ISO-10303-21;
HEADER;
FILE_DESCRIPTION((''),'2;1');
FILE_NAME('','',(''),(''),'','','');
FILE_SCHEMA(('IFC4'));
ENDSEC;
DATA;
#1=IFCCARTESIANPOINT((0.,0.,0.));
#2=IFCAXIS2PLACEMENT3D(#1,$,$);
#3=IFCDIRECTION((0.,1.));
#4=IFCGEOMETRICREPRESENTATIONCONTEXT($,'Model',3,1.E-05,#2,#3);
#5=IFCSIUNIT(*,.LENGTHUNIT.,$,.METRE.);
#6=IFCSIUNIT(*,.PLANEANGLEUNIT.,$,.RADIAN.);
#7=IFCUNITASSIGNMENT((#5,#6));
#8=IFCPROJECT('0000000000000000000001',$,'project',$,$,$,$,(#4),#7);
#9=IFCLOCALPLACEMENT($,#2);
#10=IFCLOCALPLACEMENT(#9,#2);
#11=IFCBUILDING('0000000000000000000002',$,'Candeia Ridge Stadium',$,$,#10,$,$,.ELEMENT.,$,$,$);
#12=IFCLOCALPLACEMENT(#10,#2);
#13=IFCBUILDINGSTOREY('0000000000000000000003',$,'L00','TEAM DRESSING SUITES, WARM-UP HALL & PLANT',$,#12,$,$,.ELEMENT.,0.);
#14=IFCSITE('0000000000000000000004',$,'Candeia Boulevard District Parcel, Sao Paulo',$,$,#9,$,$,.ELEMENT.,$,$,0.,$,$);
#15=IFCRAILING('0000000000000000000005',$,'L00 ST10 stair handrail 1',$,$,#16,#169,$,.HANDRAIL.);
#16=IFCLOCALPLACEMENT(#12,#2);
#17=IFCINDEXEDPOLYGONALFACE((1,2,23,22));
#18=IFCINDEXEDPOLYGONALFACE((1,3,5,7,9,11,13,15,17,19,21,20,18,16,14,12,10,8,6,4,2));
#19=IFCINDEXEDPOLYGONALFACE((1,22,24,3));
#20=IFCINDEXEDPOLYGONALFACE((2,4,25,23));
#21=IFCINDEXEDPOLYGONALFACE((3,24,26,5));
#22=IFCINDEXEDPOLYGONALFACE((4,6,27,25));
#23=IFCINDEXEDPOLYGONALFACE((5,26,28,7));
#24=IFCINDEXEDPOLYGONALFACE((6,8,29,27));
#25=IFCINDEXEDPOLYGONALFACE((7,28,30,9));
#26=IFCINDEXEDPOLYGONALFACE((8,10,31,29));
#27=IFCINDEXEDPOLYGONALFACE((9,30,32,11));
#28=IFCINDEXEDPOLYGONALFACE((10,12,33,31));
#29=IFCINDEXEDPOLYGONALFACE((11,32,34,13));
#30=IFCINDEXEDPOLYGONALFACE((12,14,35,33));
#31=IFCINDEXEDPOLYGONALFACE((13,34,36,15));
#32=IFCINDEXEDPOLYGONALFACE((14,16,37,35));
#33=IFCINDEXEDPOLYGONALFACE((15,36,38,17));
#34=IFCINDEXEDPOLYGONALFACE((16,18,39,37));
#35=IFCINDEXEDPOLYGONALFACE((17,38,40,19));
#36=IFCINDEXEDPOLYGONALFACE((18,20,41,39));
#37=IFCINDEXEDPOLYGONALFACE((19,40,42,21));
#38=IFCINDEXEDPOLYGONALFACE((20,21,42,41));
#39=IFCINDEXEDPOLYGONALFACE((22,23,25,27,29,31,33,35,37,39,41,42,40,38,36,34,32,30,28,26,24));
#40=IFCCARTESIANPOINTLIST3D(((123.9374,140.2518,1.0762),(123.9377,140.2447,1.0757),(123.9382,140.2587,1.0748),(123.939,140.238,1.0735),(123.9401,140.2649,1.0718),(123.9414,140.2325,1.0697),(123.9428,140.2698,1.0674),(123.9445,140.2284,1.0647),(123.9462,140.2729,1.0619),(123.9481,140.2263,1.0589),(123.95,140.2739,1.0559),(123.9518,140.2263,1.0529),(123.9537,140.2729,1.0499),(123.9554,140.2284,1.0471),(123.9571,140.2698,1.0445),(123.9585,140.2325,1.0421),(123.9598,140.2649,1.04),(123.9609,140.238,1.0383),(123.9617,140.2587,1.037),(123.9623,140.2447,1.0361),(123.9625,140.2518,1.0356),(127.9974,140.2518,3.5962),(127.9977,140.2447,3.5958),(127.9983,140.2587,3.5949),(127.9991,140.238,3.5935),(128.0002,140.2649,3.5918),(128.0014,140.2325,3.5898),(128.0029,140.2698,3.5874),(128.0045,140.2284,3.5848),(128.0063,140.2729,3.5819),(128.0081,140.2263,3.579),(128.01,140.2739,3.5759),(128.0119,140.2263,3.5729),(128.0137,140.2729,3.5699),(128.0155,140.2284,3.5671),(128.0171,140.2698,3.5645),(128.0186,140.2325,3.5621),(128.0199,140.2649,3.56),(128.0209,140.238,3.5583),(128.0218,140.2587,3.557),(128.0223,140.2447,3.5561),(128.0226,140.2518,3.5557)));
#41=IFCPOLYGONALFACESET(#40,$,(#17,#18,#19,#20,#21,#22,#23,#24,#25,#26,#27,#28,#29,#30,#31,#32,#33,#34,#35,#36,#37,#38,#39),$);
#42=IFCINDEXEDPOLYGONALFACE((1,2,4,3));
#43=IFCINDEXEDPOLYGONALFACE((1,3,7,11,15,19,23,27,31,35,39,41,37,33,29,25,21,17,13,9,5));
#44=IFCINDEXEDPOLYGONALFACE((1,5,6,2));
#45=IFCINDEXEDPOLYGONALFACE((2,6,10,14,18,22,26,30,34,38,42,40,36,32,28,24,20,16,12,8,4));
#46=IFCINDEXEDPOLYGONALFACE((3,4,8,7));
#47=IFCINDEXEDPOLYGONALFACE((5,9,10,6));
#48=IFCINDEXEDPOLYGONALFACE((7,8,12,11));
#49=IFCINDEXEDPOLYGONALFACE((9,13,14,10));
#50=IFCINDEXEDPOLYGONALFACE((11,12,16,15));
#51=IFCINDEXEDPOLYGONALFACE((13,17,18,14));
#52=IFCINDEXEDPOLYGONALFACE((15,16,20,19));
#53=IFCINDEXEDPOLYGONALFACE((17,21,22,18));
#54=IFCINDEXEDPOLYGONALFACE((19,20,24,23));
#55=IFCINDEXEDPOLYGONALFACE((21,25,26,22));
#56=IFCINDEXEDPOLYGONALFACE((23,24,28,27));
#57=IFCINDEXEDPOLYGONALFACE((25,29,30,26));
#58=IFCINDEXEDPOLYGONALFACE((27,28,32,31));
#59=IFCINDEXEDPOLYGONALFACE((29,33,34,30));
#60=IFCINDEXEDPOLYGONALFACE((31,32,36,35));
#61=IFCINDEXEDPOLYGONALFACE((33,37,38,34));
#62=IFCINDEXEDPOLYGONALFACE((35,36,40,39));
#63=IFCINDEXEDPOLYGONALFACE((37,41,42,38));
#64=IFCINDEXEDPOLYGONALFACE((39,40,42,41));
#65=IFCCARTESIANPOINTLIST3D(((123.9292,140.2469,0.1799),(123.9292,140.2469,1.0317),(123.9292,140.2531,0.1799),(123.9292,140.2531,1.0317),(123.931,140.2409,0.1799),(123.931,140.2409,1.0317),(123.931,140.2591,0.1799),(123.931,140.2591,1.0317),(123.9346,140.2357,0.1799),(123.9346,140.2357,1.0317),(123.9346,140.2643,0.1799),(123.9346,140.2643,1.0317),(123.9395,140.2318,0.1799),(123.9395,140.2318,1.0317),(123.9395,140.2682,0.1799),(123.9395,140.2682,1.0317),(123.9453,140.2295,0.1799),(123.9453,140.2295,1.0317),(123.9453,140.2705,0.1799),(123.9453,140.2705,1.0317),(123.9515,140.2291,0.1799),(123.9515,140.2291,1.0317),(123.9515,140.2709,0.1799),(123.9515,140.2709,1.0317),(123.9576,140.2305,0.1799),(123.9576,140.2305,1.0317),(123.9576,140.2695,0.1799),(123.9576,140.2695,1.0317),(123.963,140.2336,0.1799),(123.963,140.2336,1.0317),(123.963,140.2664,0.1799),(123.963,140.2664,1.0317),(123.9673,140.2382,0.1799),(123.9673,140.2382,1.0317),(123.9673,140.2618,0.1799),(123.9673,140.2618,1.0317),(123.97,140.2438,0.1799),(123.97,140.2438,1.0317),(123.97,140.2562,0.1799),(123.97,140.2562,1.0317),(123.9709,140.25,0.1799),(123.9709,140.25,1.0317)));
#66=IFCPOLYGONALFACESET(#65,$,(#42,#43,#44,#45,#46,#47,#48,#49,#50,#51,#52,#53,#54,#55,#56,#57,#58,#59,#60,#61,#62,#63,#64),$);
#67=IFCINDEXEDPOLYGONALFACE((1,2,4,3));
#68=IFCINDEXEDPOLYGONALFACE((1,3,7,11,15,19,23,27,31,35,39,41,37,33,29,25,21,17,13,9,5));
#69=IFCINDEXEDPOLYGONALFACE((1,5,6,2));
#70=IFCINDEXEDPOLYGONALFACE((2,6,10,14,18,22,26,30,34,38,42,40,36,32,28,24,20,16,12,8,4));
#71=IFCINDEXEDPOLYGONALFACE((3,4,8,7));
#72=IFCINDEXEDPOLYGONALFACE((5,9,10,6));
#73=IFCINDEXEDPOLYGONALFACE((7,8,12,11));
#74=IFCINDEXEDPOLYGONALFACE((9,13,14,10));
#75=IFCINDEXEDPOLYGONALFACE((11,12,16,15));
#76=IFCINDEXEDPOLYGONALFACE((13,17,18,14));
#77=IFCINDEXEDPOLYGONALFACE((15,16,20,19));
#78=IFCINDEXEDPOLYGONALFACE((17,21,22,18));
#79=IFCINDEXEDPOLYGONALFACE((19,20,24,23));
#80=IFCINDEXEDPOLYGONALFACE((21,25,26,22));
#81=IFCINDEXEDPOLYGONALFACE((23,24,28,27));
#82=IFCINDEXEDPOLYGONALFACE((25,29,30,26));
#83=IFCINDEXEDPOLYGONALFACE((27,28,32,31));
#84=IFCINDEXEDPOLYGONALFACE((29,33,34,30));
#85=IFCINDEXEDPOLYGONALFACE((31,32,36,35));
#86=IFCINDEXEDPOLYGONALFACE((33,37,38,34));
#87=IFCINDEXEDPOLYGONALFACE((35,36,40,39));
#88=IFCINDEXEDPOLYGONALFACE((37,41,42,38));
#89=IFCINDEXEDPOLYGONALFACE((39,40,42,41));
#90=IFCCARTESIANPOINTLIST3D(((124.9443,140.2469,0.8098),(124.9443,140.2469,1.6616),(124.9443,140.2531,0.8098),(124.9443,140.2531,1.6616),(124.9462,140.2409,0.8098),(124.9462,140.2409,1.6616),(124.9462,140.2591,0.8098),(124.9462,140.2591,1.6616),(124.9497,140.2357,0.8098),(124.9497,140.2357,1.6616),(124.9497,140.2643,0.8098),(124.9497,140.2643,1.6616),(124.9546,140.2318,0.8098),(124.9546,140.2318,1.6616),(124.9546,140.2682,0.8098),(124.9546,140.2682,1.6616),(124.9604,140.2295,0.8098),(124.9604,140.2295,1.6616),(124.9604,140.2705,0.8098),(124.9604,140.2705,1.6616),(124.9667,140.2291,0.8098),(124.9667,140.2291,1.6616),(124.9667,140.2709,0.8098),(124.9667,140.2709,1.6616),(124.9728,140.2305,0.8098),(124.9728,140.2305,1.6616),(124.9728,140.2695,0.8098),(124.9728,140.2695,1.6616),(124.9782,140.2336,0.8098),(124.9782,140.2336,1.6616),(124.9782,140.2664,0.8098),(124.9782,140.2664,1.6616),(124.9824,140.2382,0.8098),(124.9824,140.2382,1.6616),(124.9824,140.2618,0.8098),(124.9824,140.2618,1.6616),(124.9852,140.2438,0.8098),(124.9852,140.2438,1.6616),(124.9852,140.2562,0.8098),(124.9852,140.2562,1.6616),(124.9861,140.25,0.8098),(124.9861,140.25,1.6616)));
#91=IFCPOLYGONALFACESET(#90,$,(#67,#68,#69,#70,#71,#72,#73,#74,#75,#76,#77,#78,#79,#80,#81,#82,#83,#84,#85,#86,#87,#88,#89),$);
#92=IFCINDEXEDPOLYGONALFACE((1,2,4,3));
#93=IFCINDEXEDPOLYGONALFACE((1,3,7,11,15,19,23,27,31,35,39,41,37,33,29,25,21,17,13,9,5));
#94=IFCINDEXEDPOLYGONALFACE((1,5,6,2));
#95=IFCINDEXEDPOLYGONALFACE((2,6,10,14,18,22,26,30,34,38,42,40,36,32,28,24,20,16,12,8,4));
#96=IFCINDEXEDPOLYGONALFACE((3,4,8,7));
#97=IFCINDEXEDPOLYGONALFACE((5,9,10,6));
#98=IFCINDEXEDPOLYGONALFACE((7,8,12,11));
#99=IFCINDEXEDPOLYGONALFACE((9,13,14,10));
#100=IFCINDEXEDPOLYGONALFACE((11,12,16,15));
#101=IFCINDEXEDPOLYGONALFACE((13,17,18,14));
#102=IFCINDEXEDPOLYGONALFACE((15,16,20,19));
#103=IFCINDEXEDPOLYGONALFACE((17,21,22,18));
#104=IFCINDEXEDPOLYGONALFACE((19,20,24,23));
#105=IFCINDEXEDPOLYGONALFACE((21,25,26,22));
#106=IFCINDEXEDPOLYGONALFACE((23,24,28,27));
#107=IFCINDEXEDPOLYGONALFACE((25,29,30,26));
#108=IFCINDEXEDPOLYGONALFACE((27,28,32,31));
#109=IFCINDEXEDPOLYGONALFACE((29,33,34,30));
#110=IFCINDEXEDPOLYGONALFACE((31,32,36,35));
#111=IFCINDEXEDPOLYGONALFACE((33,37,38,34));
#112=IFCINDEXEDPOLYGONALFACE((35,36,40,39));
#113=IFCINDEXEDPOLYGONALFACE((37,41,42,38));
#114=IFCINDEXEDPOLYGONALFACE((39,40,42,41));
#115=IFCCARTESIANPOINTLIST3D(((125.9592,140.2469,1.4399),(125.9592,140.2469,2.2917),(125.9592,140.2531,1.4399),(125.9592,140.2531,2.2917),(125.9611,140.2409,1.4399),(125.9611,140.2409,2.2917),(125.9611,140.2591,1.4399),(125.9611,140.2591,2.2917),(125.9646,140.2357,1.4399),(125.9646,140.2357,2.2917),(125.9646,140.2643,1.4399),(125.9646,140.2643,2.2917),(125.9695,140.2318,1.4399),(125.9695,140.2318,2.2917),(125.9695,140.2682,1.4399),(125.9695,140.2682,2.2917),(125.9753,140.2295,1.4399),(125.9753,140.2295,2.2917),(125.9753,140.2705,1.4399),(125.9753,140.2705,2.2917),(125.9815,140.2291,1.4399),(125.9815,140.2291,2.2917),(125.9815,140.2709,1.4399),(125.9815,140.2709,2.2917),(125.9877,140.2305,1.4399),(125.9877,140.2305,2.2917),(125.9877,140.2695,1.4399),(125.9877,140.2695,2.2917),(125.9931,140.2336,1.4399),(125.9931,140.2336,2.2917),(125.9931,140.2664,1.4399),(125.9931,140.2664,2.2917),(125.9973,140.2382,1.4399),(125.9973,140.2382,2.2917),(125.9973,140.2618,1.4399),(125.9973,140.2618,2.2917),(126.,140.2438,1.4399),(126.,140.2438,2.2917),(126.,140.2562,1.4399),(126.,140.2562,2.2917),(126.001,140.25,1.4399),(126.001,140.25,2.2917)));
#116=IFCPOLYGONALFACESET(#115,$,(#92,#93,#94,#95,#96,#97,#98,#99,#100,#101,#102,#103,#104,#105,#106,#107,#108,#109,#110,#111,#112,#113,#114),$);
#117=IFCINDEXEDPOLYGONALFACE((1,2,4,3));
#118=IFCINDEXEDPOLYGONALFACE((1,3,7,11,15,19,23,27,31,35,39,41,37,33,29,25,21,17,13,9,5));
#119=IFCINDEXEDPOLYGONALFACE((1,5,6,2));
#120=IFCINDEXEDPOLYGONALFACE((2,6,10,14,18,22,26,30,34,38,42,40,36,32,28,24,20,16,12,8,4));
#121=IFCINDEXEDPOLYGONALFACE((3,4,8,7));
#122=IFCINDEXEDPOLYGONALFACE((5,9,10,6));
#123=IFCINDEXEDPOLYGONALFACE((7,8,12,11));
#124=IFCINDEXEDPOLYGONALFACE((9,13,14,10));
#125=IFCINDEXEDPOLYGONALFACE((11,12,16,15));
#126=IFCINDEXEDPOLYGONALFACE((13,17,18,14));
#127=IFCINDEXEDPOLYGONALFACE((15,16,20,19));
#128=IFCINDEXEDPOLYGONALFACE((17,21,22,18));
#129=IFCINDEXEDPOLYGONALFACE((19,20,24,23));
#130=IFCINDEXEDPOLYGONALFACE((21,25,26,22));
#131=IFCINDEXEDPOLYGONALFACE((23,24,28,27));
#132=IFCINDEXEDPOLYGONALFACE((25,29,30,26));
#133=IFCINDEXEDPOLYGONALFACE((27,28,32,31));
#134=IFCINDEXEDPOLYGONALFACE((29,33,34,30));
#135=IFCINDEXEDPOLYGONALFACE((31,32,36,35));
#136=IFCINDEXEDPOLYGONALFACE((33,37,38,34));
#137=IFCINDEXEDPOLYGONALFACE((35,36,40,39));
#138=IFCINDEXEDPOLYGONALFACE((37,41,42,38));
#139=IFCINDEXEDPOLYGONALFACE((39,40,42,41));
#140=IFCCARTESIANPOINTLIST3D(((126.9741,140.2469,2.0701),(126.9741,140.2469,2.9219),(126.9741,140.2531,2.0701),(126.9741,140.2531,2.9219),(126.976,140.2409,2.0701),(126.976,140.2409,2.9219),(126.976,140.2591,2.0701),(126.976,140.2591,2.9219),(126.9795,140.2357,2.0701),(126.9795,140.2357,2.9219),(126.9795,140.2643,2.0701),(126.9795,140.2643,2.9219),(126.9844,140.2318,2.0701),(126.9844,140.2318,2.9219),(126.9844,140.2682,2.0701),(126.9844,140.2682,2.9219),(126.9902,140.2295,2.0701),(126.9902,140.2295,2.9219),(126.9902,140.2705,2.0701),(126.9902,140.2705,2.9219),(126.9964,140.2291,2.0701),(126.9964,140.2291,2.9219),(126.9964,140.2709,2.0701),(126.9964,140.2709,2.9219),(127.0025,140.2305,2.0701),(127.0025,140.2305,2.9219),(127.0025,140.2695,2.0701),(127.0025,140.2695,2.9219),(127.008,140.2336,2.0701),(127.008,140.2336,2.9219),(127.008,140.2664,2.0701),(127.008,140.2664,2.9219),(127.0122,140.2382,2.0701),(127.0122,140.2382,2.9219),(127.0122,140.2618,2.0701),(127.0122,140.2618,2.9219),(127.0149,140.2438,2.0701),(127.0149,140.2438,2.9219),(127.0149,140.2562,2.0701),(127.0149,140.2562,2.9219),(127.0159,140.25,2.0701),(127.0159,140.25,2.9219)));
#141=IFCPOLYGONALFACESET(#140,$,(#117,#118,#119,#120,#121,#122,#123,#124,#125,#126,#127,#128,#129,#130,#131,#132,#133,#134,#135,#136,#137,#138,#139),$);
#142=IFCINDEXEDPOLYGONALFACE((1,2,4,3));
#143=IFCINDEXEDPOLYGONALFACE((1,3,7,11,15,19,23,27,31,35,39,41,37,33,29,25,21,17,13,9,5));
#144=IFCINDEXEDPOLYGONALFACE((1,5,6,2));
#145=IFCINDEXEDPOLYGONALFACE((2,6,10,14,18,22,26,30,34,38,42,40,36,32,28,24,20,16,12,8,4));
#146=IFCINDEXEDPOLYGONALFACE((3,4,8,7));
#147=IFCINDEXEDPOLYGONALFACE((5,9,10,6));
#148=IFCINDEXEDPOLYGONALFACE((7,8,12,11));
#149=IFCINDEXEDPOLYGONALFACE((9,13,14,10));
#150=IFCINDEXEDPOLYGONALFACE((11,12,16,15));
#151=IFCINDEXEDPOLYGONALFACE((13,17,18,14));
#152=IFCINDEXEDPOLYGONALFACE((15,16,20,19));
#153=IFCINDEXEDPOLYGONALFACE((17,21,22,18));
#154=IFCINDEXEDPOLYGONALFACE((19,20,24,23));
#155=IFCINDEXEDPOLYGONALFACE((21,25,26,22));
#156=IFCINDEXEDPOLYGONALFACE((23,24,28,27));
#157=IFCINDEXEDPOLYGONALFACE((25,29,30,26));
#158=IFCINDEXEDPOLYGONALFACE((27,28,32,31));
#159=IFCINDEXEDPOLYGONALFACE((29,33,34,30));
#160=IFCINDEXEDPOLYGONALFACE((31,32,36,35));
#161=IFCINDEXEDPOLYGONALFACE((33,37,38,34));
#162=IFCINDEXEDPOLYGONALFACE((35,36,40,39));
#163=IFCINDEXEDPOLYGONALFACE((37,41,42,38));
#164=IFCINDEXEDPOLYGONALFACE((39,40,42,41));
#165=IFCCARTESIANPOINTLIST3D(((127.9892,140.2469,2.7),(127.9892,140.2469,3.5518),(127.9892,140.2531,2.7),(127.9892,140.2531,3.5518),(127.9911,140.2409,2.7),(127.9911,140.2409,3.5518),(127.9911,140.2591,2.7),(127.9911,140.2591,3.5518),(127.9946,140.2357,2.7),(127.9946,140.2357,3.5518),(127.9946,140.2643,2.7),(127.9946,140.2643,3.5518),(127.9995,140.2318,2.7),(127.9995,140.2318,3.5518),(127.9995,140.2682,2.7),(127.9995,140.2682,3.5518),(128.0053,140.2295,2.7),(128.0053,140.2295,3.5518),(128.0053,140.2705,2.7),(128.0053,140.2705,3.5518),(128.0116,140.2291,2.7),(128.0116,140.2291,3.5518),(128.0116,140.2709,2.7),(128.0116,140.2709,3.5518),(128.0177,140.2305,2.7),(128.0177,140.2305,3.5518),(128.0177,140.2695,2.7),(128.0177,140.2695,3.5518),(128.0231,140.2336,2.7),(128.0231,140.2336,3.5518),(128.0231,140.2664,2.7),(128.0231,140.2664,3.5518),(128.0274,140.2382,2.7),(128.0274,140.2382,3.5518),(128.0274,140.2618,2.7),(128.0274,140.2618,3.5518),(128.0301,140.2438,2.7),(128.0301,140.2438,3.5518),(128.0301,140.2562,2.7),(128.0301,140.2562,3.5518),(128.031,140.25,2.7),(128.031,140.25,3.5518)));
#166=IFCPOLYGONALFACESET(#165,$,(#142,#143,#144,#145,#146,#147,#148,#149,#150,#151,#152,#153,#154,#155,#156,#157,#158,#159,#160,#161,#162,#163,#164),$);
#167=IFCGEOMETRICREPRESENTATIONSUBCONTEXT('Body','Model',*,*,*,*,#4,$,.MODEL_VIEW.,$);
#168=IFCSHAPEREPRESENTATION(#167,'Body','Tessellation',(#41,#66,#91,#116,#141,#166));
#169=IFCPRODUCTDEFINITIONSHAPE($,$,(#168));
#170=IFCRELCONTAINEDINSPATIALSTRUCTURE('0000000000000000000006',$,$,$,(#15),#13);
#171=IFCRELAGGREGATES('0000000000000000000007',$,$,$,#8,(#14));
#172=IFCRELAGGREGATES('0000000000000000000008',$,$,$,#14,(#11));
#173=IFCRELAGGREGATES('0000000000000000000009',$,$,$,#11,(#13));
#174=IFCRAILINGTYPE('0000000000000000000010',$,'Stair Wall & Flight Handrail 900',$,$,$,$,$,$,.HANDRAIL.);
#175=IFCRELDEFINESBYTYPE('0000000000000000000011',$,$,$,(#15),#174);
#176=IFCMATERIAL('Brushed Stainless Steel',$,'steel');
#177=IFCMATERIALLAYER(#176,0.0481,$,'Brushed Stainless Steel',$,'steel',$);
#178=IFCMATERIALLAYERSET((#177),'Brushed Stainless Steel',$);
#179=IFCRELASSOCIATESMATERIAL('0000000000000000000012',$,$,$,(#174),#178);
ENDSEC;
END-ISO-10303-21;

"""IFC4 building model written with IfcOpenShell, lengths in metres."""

from ifc_helpers import new_model, si_unit, direction, frame, origin, origin_2d, place, context, subcontext, project, spatial, circle, extrude, material, layer, layer_set, type_object, element, save


model = new_model("IFC4")

# Units and contexts
model_context = context("Model", 3, precision=1e-05, world=origin(), true_north=direction((0.0, 1.0)))
body_context = subcontext(model_context, "Body", "Model", "MODEL_VIEW")
ifc_project = project(units=[si_unit("LENGTHUNIT", "METRE"), si_unit("PLANEANGLEUNIT", "RADIAN")], contexts=[model_context])

# Site, building, storey
site_placement = place(None, origin())
site = spatial("IfcSite", under=ifc_project, at=site_placement, Name="Candeia Boulevard District Parcel, Sao Paulo", CompositionType="ELEMENT", RefElevation=0.0)
building_placement = place(site_placement, origin())
building = spatial("IfcBuilding", under=site, at=building_placement, Name="Candeia Ridge Stadium", CompositionType="ELEMENT")
storey_placement = place(building_placement, origin())
storey = spatial("IfcBuildingStorey", under=building, at=storey_placement, Name="L00", Description="TEAM DRESSING SUITES, WARM-UP HALL & PLANT", CompositionType="ELEMENT", Elevation=0.0)

# Railing
ifc_material_1 = material(Name="Brushed Stainless Steel", Category="steel")
ifc_layer_1 = layer(ifc_material_1, 0.0481, Name="Brushed Stainless Steel", Category="steel")
ifc_layer_set_1 = layer_set([ifc_layer_1], Name="Brushed Stainless Steel")
railing_type_1 = type_object("IfcRailingType", Name="Stair Wall & Flight Handrail 900", PredefinedType="HANDRAIL", material=ifc_layer_set_1)
for number, where, name in (
    (1, (123.95, 140.25, 0.1799), "L00 ST10 stair handrail 1"),
):
    element("IfcRailing", number, at=place(storey_placement, frame(where)), inside=storey, type_object=railing_type_1, Name=name, PredefinedType="HANDRAIL", context=body_context, shape_type="SweptSolid", body=[
        extrude(circle(Radius=0.0239, at=origin_2d()), frame((0.0, 0.0, 0.876), z_axis=(0.849642, 0.0, 0.52736), x_axis=(0.0, 1.0, 0.0)), (0.0, 0.0, 1.0), 4.7786),
        extrude(circle(Radius=0.021, at=origin_2d()), origin(), (0.0, 0.0, 1.0), 0.8518),
        extrude(circle(Radius=0.021, at=origin_2d()), frame((1.0151, 0.0, 0.6299)), (0.0, 0.0, 1.0), 0.8518),
        extrude(circle(Radius=0.021, at=origin_2d()), frame((2.03, 0.0, 1.26)), (0.0, 0.0, 1.0), 0.8518),
        extrude(circle(Radius=0.021, at=origin_2d()), frame((3.0449, 0.0, 1.8901)), (0.0, 0.0, 1.0), 0.8518),
        extrude(circle(Radius=0.021, at=origin_2d()), frame((4.0601, 0.0, 2.52)), (0.0, 0.0, 1.0), 0.8518),
    ])

save(model, "model.ifc")
